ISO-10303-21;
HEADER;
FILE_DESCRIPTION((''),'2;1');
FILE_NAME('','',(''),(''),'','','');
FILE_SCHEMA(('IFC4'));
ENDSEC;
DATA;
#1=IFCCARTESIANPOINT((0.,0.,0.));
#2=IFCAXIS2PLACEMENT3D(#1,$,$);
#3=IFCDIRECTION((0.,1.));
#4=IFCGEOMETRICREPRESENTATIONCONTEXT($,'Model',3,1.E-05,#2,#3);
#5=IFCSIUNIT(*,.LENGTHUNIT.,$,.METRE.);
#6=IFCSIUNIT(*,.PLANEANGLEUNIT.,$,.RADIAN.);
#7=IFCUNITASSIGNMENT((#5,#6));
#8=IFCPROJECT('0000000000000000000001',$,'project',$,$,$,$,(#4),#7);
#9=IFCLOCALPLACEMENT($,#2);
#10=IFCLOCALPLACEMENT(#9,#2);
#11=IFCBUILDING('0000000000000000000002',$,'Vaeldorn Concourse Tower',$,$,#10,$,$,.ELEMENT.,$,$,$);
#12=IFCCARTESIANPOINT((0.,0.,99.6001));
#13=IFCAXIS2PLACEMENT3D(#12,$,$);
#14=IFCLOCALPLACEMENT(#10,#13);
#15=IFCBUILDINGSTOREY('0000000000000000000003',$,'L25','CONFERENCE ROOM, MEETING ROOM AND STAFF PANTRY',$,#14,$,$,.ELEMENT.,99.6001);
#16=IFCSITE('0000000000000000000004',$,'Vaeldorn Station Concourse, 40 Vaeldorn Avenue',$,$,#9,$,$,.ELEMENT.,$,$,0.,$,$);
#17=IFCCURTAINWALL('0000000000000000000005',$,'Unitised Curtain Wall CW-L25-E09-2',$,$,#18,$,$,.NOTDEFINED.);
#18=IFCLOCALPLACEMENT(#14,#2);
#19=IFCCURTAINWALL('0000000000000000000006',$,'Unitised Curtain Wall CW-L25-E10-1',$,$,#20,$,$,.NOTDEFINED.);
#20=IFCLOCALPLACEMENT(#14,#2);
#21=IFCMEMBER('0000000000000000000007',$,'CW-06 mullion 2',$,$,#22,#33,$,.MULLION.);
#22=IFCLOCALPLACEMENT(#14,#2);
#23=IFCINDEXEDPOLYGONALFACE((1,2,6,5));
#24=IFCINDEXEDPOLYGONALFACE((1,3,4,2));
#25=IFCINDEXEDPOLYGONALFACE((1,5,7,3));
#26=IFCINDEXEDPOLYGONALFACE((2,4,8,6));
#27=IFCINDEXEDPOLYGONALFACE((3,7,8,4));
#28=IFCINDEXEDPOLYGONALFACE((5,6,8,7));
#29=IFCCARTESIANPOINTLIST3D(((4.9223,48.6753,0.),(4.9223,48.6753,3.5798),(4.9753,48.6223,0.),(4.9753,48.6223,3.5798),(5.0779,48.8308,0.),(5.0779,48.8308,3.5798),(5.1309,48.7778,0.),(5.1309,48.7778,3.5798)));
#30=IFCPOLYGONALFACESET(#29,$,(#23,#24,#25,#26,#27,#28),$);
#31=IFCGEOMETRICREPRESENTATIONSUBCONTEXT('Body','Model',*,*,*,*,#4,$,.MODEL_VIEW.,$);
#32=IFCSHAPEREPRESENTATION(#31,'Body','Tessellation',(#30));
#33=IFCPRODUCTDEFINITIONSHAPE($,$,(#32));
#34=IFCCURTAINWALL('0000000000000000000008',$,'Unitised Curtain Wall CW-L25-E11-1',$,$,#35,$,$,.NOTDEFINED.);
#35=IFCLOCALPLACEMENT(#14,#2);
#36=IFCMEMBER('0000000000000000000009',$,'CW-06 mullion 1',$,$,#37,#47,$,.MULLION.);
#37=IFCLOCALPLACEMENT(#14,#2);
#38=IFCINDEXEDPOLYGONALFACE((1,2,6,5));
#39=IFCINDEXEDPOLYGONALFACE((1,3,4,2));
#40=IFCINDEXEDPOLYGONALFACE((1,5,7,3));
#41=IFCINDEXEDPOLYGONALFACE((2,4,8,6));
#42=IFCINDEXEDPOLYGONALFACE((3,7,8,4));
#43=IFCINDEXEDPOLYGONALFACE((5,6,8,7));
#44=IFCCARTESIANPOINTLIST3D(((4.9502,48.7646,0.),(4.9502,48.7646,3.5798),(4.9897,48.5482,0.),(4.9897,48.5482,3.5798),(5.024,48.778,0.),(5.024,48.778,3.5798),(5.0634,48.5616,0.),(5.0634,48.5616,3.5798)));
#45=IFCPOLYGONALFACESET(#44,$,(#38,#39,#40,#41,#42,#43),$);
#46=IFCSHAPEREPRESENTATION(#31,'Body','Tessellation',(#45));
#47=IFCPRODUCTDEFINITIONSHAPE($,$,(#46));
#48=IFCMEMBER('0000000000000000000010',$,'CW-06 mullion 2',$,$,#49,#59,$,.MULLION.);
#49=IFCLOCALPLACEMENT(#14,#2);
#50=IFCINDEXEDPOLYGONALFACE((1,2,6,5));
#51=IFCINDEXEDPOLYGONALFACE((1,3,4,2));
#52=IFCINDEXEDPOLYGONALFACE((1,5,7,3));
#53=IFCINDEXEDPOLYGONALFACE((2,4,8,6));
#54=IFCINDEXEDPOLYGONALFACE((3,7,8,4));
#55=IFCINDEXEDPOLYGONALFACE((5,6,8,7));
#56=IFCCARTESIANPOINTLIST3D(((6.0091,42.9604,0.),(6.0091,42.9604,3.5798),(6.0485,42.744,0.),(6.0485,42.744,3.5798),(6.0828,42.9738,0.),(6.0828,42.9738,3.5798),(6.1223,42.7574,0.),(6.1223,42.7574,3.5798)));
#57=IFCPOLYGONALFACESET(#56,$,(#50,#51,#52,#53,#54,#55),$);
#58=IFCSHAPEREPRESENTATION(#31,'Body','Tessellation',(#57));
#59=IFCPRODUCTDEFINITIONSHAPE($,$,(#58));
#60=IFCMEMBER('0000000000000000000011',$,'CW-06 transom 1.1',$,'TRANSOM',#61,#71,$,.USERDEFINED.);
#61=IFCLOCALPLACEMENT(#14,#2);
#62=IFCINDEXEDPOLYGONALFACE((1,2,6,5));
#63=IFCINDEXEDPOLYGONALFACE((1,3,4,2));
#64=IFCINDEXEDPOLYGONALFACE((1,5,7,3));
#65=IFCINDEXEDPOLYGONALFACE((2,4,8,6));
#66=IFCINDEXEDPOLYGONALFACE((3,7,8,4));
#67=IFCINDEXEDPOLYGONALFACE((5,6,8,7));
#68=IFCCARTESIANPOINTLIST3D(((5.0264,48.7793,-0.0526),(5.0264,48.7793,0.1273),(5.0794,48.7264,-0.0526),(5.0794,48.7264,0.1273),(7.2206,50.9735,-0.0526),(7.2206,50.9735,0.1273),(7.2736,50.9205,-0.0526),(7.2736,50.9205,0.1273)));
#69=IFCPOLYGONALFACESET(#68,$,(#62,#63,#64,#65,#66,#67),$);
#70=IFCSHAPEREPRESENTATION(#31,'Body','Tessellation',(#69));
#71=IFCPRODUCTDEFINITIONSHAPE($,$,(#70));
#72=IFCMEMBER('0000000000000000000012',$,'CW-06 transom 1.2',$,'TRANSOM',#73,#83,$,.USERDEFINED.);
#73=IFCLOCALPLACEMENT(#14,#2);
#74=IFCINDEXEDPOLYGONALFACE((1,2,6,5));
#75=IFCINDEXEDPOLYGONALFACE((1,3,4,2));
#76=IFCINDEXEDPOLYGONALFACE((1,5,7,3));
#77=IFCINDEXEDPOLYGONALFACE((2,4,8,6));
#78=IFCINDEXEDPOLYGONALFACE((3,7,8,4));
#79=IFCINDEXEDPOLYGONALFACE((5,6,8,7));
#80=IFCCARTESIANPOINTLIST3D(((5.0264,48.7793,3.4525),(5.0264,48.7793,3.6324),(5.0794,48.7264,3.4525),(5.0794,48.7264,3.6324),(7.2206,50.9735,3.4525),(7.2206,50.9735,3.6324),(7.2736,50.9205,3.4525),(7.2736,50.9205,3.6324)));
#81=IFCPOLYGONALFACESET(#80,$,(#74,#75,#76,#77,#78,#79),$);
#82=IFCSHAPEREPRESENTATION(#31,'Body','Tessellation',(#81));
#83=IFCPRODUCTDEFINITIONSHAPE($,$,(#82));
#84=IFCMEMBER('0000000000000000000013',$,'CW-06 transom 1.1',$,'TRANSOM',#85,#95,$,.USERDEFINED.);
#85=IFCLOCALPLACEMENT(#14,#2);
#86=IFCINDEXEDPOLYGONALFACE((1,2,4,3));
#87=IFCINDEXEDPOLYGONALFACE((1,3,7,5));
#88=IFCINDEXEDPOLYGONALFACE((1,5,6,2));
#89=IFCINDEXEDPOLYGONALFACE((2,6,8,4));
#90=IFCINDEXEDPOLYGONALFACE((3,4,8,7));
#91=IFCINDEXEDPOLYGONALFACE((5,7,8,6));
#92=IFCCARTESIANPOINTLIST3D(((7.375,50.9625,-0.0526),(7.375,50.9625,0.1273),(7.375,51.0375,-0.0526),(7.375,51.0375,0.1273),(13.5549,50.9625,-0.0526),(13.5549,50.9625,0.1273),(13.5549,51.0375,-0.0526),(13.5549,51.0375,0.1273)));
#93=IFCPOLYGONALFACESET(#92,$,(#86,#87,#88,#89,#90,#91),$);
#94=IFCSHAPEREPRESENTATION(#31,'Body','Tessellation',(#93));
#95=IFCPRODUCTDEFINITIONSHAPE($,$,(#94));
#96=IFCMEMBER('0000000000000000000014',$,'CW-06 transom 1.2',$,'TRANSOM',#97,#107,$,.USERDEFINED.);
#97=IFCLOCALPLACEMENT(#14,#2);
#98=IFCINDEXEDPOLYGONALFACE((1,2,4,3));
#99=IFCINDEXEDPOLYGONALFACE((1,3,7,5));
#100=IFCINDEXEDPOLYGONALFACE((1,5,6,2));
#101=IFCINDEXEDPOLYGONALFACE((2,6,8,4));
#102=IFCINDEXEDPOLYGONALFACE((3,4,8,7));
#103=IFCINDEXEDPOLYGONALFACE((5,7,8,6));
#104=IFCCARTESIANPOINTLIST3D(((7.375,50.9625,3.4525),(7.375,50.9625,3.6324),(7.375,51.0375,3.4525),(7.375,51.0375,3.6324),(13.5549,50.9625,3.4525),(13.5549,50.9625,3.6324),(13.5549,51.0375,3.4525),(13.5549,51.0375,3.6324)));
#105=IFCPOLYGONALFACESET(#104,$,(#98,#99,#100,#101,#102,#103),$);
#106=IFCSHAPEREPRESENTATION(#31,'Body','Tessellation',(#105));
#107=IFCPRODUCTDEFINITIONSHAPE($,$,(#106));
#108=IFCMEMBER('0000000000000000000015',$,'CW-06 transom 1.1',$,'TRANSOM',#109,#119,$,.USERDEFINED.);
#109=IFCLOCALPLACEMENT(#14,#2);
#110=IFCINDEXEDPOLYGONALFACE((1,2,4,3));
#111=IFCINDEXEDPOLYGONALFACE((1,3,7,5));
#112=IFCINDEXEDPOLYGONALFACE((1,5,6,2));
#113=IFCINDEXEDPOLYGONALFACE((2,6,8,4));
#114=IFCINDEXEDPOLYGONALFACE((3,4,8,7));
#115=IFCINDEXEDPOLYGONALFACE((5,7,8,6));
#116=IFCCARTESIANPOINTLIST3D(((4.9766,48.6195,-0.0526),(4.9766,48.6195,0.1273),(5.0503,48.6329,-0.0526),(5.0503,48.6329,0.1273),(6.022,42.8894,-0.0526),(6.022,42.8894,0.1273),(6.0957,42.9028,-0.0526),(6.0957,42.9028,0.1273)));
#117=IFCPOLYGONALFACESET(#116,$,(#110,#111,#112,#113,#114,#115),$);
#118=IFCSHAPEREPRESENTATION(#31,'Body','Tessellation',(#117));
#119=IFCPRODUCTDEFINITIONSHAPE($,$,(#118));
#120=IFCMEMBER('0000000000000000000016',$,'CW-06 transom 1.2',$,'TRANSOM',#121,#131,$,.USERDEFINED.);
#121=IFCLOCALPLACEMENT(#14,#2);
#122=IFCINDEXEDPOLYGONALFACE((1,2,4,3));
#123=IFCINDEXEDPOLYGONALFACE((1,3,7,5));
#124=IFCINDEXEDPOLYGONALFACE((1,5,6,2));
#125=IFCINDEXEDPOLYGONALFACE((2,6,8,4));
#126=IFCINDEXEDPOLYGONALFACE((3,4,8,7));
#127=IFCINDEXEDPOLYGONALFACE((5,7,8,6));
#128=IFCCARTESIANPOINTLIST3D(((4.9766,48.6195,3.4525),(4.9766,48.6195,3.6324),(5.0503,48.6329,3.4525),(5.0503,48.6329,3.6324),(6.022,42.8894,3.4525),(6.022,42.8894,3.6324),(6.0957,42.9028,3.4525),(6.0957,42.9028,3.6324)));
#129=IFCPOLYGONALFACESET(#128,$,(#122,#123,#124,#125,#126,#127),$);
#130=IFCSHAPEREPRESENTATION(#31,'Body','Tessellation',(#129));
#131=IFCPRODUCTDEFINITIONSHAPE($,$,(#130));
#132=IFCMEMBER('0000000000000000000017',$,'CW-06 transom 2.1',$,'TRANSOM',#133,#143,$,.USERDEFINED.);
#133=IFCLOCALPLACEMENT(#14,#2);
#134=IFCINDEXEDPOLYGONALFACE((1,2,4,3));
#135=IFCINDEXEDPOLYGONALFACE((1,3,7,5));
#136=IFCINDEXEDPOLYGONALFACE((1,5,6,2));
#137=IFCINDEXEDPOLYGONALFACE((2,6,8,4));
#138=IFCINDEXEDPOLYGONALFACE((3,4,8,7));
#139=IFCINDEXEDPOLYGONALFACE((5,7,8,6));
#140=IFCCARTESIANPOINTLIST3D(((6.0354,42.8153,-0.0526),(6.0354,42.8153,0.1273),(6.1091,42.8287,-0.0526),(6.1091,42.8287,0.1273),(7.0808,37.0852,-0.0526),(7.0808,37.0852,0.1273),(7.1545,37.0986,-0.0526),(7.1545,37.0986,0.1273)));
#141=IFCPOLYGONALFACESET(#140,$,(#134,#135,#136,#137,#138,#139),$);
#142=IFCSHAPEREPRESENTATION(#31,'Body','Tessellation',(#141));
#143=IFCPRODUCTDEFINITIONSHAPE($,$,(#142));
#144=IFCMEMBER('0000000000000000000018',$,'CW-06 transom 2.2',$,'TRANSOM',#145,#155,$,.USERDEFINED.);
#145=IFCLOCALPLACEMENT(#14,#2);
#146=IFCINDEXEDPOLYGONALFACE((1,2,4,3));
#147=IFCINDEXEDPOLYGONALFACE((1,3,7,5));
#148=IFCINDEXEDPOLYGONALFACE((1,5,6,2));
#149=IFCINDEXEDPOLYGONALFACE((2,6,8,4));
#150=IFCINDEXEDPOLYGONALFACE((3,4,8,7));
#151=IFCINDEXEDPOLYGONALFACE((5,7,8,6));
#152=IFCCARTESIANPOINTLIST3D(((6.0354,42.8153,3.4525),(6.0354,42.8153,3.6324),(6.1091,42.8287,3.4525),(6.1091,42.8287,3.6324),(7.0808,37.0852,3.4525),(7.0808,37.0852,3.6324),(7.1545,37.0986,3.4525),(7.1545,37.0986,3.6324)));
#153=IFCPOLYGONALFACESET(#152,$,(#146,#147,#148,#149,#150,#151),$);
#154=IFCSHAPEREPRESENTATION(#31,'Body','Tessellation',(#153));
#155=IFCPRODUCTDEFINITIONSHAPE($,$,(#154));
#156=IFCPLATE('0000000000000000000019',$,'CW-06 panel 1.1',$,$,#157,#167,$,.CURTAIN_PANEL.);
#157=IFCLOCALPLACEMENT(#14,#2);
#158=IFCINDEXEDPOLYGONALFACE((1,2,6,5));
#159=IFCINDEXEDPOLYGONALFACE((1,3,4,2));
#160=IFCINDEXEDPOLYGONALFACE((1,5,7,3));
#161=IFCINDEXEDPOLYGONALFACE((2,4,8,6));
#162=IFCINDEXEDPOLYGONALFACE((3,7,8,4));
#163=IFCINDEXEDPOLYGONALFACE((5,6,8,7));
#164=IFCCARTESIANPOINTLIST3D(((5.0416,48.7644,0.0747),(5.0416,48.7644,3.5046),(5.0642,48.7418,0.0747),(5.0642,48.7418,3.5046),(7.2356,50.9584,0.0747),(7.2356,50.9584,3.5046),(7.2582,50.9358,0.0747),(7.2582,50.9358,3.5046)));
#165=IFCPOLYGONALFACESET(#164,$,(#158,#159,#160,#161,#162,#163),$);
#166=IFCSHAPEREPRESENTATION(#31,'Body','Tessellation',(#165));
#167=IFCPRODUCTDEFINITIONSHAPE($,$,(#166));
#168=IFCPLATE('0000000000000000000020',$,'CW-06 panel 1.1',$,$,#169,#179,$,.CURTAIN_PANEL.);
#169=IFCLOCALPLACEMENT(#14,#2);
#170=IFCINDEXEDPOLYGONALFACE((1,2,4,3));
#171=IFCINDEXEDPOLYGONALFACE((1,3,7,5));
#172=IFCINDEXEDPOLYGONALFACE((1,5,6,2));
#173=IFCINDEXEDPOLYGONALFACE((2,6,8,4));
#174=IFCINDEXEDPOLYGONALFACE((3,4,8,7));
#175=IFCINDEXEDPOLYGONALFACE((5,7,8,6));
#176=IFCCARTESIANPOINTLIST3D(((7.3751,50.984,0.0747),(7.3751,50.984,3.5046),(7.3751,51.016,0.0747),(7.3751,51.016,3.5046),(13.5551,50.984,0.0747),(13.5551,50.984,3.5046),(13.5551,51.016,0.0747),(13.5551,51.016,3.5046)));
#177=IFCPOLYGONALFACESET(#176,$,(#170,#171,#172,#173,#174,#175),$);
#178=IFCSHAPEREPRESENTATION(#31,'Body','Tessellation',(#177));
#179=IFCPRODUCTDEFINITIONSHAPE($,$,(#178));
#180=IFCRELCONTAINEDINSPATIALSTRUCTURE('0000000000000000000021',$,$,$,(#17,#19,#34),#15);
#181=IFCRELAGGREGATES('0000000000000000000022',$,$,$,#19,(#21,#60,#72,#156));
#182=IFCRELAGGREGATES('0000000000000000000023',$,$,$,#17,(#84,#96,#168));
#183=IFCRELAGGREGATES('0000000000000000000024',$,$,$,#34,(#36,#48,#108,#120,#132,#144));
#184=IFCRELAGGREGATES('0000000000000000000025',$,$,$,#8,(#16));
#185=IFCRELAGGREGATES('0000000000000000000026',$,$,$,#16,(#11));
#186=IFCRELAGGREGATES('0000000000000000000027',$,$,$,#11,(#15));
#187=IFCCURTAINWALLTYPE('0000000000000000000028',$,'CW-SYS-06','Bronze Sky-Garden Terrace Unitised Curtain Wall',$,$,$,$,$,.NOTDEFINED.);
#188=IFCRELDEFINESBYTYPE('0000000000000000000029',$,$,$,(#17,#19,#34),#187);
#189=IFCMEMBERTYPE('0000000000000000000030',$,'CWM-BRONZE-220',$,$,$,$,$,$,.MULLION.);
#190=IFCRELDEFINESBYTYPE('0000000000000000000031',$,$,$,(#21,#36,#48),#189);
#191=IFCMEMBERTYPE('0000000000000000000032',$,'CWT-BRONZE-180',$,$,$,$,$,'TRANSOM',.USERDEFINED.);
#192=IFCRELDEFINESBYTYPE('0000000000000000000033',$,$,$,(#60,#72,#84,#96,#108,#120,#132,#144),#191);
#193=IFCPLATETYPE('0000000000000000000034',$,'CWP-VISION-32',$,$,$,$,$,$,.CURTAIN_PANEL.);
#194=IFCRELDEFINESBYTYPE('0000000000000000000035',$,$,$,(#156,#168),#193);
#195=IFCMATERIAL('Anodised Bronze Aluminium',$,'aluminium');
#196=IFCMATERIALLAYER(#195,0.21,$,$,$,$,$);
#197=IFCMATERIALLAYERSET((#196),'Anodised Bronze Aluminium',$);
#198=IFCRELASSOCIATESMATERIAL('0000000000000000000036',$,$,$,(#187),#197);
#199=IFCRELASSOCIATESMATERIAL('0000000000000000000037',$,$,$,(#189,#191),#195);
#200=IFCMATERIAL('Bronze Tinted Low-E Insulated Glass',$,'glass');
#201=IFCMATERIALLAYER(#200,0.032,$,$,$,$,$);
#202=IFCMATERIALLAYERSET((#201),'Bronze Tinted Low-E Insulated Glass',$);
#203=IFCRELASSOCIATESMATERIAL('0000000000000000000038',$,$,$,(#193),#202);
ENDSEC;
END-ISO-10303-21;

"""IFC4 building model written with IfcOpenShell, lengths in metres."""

from ifc_helpers import new_model, si_unit, direction, frame, origin, origin_2d, place, context, subcontext, project, spatial, rectangle, extrude, source, transform, mapped, material, layer, layer_set, material_profile, profile_set, type_object, element, aggregate, save


model = new_model("IFC4")

# Units and contexts
model_context = context("Model", 3, precision=1e-05, world=origin(), true_north=direction((0.0, 1.0)))
body_context = subcontext(model_context, "Body", "Model", "MODEL_VIEW")
ifc_project = project(units=[si_unit("LENGTHUNIT", "METRE"), si_unit("PLANEANGLEUNIT", "RADIAN")], contexts=[model_context])

# Site, building, storey
site_placement = place(None, origin())
site = spatial("IfcSite", under=ifc_project, at=site_placement, Name="Vaeldorn Station Concourse, 40 Vaeldorn Avenue", CompositionType="ELEMENT", RefElevation=0.0)
building_placement = place(site_placement, origin())
building = spatial("IfcBuilding", under=site, at=building_placement, Name="Vaeldorn Concourse Tower", CompositionType="ELEMENT")
storey_placement = place(building_placement, frame((0.0, 0.0, 99.6001)))
storey = spatial("IfcBuildingStorey", under=building, at=storey_placement, Name="L25", Description="CONFERENCE ROOM, MEETING ROOM AND STAFF PANTRY", CompositionType="ELEMENT", Elevation=99.6001)

# Curtain walls, members
ifc_material_1 = material(Name="Anodised Bronze Aluminium", Category="aluminium")
ifc_layer_1 = layer(ifc_material_1, 0.21)
ifc_layer_set_1 = layer_set([ifc_layer_1], Name="Anodised Bronze Aluminium")
curtain_wall_type = type_object("IfcCurtainWallType", Name="CW-SYS-06", Description="Bronze Sky-Garden Terrace Unitised Curtain Wall", PredefinedType="NOTDEFINED", material=ifc_layer_set_1)
curtain_wall_1_placement = place(storey_placement, origin())
curtain_wall_1 = element("IfcCurtainWall", 1, at=curtain_wall_1_placement, inside=storey, type_object=curtain_wall_type, Name="Unitised Curtain Wall CW-L25-E09-2", PredefinedType="NOTDEFINED")
ifc_material_profile_1 = material_profile(ifc_material_1, rectangle(XDim=0.075, YDim=0.22, at=origin_2d()), Name="CWM 75x220")
ifc_profile_set_1 = profile_set([ifc_material_profile_1], Name="Anodised Bronze Aluminium")
member_type_1 = type_object("IfcMemberType", Name="CWM-BRONZE-220", PredefinedType="MULLION", material=ifc_profile_set_1)
shared_shape_1 = source(origin(), body_context, "Body", "SweptSolid", [
    extrude(rectangle(XDim=0.075, YDim=0.22, at=origin_2d()), origin(), (0.0, 0.0, 1.0), 3.5798),
])
curtain_wall_2_placement = place(storey_placement, origin())
curtain_wall_2 = element("IfcCurtainWall", 2, at=curtain_wall_2_placement, inside=storey, type_object=curtain_wall_type, Name="Unitised Curtain Wall CW-L25-E10-1", PredefinedType="NOTDEFINED")
member_1_placement = place(storey_placement, frame((5.0266, 48.7266, 0.0), z_axis=(0.0, 0.0, 1.0), x_axis=(0.707107, -0.707107, 0.0)))
member_1 = element("IfcMember", 3, at=member_1_placement, type_object=member_type_1, Name="CW-06 mullion 2", PredefinedType="MULLION", context=body_context, shape_type="MappedRepresentation", body=[
    mapped(shared_shape_1, transform((0.0, 0.0, 0.0), scale=1.0)),
])
curtain_wall_3_placement = place(storey_placement, origin())
curtain_wall_3 = element("IfcCurtainWall", 4, at=curtain_wall_3_placement, inside=storey, type_object=curtain_wall_type, Name="Unitised Curtain Wall CW-L25-E11-1", PredefinedType="NOTDEFINED")
member_2_placement = place(storey_placement, frame((5.0068, 48.6631, 0.0), z_axis=(0.0, 0.0, 1.0), x_axis=(0.983763, 0.179472, 0.0)))
member_2 = element("IfcMember", 5, at=member_2_placement, type_object=member_type_1, Name="CW-06 mullion 1", PredefinedType="MULLION", context=body_context, shape_type="MappedRepresentation", body=[
    mapped(shared_shape_1, transform((0.0, 0.0, 0.0), scale=1.0)),
])
member_3_placement = place(storey_placement, frame((6.0657, 42.8589, 0.0), z_axis=(0.0, 0.0, 1.0), x_axis=(0.983763, 0.179472, 0.0)))
member_3 = element("IfcMember", 6, at=member_3_placement, type_object=member_type_1, Name="CW-06 mullion 2", PredefinedType="MULLION", context=body_context, shape_type="MappedRepresentation", body=[
    mapped(shared_shape_1, transform((0.0, 0.0, 0.0), scale=1.0)),
])

# Members
ifc_material_profile_2 = material_profile(ifc_material_1, rectangle(XDim=0.075, YDim=0.1799, at=origin_2d()), Name="CWT 75x180")
ifc_profile_set_2 = profile_set([ifc_material_profile_2], Name="Anodised Bronze Aluminium")
member_type_2 = type_object("IfcMemberType", Name="CWT-BRONZE-180", ElementType="TRANSOM", PredefinedType="USERDEFINED", material=ifc_profile_set_2)
shared_shape_2 = source(origin(), body_context, "Body", "SweptSolid", [
    extrude(rectangle(XDim=0.075, YDim=0.1799, at=origin_2d()), origin(), (0.0, 0.0, 1.0), 3.103),
])
member_4_placement = place(storey_placement, frame((7.2471, 50.947, 0.0374), z_axis=(-0.707107, -0.707107, 0.0), x_axis=(0.707107, -0.707107, 0.0)))
member_4 = element("IfcMember", 7, at=member_4_placement, type_object=member_type_2, Name="CW-06 transom 1.1", ObjectType="TRANSOM", PredefinedType="USERDEFINED", context=body_context, shape_type="MappedRepresentation", body=[
    mapped(shared_shape_2, transform((0.0, 0.0, 0.0), scale=1.0)),
])
member_5_placement = place(storey_placement, frame((7.2471, 50.947, 3.5425), z_axis=(-0.707107, -0.707107, 0.0), x_axis=(0.707107, -0.707107, 0.0)))
member_5 = element("IfcMember", 8, at=member_5_placement, type_object=member_type_2, Name="CW-06 transom 1.2", ObjectType="TRANSOM", PredefinedType="USERDEFINED", context=body_context, shape_type="MappedRepresentation", body=[
    mapped(shared_shape_2, transform((0.0, 0.0, 0.0), scale=1.0)),
])
shared_shape_3 = source(origin(), body_context, "Body", "SweptSolid", [
    extrude(rectangle(XDim=0.075, YDim=0.1799, at=origin_2d()), origin(), (0.0, 0.0, 1.0), 6.1799),
])
member_6_placement = place(storey_placement, frame((13.5549, 51.0, 0.0374), z_axis=(-1.0, 0.0, 0.0), x_axis=(0.0, -1.0, 0.0)))
member_6 = element("IfcMember", 9, at=member_6_placement, type_object=member_type_2, Name="CW-06 transom 1.1", ObjectType="TRANSOM", PredefinedType="USERDEFINED", context=body_context, shape_type="MappedRepresentation", body=[
    mapped(shared_shape_3, transform((0.0, 0.0, 0.0), scale=1.0)),
])
member_7_placement = place(storey_placement, frame((13.5549, 51.0, 3.5425), z_axis=(-1.0, 0.0, 0.0), x_axis=(0.0, -1.0, 0.0)))
member_7 = element("IfcMember", 10, at=member_7_placement, type_object=member_type_2, Name="CW-06 transom 1.2", ObjectType="TRANSOM", PredefinedType="USERDEFINED", context=body_context, shape_type="MappedRepresentation", body=[
    mapped(shared_shape_3, transform((0.0, 0.0, 0.0), scale=1.0)),
])
shared_shape_4 = source(origin(), body_context, "Body", "SweptSolid", [
    extrude(rectangle(XDim=0.075, YDim=0.1799, at=origin_2d()), origin(), (0.0, 0.0, 1.0), 5.8247),
])
member_8_placement = place(storey_placement, frame((5.0134, 48.6262, 0.0374), z_axis=(0.179476, -0.983762, 0.0), x_axis=(0.983762, 0.179476, 0.0)))
member_8 = element("IfcMember", 11, at=member_8_placement, type_object=member_type_2, Name="CW-06 transom 1.1", ObjectType="TRANSOM", PredefinedType="USERDEFINED", context=body_context, shape_type="MappedRepresentation", body=[
    mapped(shared_shape_4, transform((0.0, 0.0, 0.0), scale=1.0)),
])
member_9_placement = place(storey_placement, frame((5.0134, 48.6262, 3.5425), z_axis=(0.179476, -0.983762, 0.0), x_axis=(0.983762, 0.179476, 0.0)))
member_9 = element("IfcMember", 12, at=member_9_placement, type_object=member_type_2, Name="CW-06 transom 1.2", ObjectType="TRANSOM", PredefinedType="USERDEFINED", context=body_context, shape_type="MappedRepresentation", body=[
    mapped(shared_shape_4, transform((0.0, 0.0, 0.0), scale=1.0)),
])
member_10_placement = place(storey_placement, frame((6.0723, 42.822, 0.0374), z_axis=(0.179476, -0.983762, 0.0), x_axis=(0.983762, 0.179476, 0.0)))
member_10 = element("IfcMember", 13, at=member_10_placement, type_object=member_type_2, Name="CW-06 transom 2.1", ObjectType="TRANSOM", PredefinedType="USERDEFINED", context=body_context, shape_type="MappedRepresentation", body=[
    mapped(shared_shape_4, transform((0.0, 0.0, 0.0), scale=1.0)),
])
member_11_placement = place(storey_placement, frame((6.0723, 42.822, 3.5425), z_axis=(0.179476, -0.983762, 0.0), x_axis=(0.983762, 0.179476, 0.0)))
member_11 = element("IfcMember", 14, at=member_11_placement, type_object=member_type_2, Name="CW-06 transom 2.2", ObjectType="TRANSOM", PredefinedType="USERDEFINED", context=body_context, shape_type="MappedRepresentation", body=[
    mapped(shared_shape_4, transform((0.0, 0.0, 0.0), scale=1.0)),
])

# Plates
ifc_material_2 = material(Name="Bronze Tinted Low-E Insulated Glass", Category="glass")
ifc_layer_2 = layer(ifc_material_2, 0.032)
ifc_layer_set_2 = layer_set([ifc_layer_2], Name="Bronze Tinted Low-E Insulated Glass")
plate_type = type_object("IfcPlateType", Name="CWP-VISION-32", PredefinedType="CURTAIN_PANEL", material=ifc_layer_set_2)
shared_shape_5 = source(origin(), body_context, "Body", "SweptSolid", [
    extrude(rectangle(XDim=3.1028, YDim=0.032, at=origin_2d()), origin(), (0.0, 0.0, 1.0), 3.4299),
])
plate_1_placement = place(storey_placement, frame((6.1499, 49.8501, 0.0747), z_axis=(0.0, 0.0, 1.0), x_axis=(-0.707107, -0.707107, 0.0)))
plate_1 = element("IfcPlate", 15, at=plate_1_placement, type_object=plate_type, Name="CW-06 panel 1.1", PredefinedType="CURTAIN_PANEL", context=body_context, shape_type="MappedRepresentation", body=[
    mapped(shared_shape_5, transform((0.0, 0.0, 0.0), scale=1.0)),
])
aggregate(curtain_wall_2, [member_1, member_4, member_5, plate_1])
shared_shape_6 = source(origin(), body_context, "Body", "SweptSolid", [
    extrude(rectangle(XDim=6.1799, YDim=0.032, at=origin_2d()), origin(), (0.0, 0.0, 1.0), 3.4299),
])
plate_2_placement = place(storey_placement, frame((10.4651, 51.0, 0.0747), z_axis=(0.0, 0.0, 1.0), x_axis=(-1.0, 0.0, 0.0)))
plate_2 = element("IfcPlate", 16, at=plate_2_placement, type_object=plate_type, Name="CW-06 panel 1.1", PredefinedType="CURTAIN_PANEL", context=body_context, shape_type="MappedRepresentation", body=[
    mapped(shared_shape_6, transform((0.0, 0.0, 0.0), scale=1.0)),
])
aggregate(curtain_wall_1, [member_6, member_7, plate_2])
aggregate(curtain_wall_3, [member_2, member_3, member_8, member_9, member_10, member_11])

save(model, "model.ifc")
